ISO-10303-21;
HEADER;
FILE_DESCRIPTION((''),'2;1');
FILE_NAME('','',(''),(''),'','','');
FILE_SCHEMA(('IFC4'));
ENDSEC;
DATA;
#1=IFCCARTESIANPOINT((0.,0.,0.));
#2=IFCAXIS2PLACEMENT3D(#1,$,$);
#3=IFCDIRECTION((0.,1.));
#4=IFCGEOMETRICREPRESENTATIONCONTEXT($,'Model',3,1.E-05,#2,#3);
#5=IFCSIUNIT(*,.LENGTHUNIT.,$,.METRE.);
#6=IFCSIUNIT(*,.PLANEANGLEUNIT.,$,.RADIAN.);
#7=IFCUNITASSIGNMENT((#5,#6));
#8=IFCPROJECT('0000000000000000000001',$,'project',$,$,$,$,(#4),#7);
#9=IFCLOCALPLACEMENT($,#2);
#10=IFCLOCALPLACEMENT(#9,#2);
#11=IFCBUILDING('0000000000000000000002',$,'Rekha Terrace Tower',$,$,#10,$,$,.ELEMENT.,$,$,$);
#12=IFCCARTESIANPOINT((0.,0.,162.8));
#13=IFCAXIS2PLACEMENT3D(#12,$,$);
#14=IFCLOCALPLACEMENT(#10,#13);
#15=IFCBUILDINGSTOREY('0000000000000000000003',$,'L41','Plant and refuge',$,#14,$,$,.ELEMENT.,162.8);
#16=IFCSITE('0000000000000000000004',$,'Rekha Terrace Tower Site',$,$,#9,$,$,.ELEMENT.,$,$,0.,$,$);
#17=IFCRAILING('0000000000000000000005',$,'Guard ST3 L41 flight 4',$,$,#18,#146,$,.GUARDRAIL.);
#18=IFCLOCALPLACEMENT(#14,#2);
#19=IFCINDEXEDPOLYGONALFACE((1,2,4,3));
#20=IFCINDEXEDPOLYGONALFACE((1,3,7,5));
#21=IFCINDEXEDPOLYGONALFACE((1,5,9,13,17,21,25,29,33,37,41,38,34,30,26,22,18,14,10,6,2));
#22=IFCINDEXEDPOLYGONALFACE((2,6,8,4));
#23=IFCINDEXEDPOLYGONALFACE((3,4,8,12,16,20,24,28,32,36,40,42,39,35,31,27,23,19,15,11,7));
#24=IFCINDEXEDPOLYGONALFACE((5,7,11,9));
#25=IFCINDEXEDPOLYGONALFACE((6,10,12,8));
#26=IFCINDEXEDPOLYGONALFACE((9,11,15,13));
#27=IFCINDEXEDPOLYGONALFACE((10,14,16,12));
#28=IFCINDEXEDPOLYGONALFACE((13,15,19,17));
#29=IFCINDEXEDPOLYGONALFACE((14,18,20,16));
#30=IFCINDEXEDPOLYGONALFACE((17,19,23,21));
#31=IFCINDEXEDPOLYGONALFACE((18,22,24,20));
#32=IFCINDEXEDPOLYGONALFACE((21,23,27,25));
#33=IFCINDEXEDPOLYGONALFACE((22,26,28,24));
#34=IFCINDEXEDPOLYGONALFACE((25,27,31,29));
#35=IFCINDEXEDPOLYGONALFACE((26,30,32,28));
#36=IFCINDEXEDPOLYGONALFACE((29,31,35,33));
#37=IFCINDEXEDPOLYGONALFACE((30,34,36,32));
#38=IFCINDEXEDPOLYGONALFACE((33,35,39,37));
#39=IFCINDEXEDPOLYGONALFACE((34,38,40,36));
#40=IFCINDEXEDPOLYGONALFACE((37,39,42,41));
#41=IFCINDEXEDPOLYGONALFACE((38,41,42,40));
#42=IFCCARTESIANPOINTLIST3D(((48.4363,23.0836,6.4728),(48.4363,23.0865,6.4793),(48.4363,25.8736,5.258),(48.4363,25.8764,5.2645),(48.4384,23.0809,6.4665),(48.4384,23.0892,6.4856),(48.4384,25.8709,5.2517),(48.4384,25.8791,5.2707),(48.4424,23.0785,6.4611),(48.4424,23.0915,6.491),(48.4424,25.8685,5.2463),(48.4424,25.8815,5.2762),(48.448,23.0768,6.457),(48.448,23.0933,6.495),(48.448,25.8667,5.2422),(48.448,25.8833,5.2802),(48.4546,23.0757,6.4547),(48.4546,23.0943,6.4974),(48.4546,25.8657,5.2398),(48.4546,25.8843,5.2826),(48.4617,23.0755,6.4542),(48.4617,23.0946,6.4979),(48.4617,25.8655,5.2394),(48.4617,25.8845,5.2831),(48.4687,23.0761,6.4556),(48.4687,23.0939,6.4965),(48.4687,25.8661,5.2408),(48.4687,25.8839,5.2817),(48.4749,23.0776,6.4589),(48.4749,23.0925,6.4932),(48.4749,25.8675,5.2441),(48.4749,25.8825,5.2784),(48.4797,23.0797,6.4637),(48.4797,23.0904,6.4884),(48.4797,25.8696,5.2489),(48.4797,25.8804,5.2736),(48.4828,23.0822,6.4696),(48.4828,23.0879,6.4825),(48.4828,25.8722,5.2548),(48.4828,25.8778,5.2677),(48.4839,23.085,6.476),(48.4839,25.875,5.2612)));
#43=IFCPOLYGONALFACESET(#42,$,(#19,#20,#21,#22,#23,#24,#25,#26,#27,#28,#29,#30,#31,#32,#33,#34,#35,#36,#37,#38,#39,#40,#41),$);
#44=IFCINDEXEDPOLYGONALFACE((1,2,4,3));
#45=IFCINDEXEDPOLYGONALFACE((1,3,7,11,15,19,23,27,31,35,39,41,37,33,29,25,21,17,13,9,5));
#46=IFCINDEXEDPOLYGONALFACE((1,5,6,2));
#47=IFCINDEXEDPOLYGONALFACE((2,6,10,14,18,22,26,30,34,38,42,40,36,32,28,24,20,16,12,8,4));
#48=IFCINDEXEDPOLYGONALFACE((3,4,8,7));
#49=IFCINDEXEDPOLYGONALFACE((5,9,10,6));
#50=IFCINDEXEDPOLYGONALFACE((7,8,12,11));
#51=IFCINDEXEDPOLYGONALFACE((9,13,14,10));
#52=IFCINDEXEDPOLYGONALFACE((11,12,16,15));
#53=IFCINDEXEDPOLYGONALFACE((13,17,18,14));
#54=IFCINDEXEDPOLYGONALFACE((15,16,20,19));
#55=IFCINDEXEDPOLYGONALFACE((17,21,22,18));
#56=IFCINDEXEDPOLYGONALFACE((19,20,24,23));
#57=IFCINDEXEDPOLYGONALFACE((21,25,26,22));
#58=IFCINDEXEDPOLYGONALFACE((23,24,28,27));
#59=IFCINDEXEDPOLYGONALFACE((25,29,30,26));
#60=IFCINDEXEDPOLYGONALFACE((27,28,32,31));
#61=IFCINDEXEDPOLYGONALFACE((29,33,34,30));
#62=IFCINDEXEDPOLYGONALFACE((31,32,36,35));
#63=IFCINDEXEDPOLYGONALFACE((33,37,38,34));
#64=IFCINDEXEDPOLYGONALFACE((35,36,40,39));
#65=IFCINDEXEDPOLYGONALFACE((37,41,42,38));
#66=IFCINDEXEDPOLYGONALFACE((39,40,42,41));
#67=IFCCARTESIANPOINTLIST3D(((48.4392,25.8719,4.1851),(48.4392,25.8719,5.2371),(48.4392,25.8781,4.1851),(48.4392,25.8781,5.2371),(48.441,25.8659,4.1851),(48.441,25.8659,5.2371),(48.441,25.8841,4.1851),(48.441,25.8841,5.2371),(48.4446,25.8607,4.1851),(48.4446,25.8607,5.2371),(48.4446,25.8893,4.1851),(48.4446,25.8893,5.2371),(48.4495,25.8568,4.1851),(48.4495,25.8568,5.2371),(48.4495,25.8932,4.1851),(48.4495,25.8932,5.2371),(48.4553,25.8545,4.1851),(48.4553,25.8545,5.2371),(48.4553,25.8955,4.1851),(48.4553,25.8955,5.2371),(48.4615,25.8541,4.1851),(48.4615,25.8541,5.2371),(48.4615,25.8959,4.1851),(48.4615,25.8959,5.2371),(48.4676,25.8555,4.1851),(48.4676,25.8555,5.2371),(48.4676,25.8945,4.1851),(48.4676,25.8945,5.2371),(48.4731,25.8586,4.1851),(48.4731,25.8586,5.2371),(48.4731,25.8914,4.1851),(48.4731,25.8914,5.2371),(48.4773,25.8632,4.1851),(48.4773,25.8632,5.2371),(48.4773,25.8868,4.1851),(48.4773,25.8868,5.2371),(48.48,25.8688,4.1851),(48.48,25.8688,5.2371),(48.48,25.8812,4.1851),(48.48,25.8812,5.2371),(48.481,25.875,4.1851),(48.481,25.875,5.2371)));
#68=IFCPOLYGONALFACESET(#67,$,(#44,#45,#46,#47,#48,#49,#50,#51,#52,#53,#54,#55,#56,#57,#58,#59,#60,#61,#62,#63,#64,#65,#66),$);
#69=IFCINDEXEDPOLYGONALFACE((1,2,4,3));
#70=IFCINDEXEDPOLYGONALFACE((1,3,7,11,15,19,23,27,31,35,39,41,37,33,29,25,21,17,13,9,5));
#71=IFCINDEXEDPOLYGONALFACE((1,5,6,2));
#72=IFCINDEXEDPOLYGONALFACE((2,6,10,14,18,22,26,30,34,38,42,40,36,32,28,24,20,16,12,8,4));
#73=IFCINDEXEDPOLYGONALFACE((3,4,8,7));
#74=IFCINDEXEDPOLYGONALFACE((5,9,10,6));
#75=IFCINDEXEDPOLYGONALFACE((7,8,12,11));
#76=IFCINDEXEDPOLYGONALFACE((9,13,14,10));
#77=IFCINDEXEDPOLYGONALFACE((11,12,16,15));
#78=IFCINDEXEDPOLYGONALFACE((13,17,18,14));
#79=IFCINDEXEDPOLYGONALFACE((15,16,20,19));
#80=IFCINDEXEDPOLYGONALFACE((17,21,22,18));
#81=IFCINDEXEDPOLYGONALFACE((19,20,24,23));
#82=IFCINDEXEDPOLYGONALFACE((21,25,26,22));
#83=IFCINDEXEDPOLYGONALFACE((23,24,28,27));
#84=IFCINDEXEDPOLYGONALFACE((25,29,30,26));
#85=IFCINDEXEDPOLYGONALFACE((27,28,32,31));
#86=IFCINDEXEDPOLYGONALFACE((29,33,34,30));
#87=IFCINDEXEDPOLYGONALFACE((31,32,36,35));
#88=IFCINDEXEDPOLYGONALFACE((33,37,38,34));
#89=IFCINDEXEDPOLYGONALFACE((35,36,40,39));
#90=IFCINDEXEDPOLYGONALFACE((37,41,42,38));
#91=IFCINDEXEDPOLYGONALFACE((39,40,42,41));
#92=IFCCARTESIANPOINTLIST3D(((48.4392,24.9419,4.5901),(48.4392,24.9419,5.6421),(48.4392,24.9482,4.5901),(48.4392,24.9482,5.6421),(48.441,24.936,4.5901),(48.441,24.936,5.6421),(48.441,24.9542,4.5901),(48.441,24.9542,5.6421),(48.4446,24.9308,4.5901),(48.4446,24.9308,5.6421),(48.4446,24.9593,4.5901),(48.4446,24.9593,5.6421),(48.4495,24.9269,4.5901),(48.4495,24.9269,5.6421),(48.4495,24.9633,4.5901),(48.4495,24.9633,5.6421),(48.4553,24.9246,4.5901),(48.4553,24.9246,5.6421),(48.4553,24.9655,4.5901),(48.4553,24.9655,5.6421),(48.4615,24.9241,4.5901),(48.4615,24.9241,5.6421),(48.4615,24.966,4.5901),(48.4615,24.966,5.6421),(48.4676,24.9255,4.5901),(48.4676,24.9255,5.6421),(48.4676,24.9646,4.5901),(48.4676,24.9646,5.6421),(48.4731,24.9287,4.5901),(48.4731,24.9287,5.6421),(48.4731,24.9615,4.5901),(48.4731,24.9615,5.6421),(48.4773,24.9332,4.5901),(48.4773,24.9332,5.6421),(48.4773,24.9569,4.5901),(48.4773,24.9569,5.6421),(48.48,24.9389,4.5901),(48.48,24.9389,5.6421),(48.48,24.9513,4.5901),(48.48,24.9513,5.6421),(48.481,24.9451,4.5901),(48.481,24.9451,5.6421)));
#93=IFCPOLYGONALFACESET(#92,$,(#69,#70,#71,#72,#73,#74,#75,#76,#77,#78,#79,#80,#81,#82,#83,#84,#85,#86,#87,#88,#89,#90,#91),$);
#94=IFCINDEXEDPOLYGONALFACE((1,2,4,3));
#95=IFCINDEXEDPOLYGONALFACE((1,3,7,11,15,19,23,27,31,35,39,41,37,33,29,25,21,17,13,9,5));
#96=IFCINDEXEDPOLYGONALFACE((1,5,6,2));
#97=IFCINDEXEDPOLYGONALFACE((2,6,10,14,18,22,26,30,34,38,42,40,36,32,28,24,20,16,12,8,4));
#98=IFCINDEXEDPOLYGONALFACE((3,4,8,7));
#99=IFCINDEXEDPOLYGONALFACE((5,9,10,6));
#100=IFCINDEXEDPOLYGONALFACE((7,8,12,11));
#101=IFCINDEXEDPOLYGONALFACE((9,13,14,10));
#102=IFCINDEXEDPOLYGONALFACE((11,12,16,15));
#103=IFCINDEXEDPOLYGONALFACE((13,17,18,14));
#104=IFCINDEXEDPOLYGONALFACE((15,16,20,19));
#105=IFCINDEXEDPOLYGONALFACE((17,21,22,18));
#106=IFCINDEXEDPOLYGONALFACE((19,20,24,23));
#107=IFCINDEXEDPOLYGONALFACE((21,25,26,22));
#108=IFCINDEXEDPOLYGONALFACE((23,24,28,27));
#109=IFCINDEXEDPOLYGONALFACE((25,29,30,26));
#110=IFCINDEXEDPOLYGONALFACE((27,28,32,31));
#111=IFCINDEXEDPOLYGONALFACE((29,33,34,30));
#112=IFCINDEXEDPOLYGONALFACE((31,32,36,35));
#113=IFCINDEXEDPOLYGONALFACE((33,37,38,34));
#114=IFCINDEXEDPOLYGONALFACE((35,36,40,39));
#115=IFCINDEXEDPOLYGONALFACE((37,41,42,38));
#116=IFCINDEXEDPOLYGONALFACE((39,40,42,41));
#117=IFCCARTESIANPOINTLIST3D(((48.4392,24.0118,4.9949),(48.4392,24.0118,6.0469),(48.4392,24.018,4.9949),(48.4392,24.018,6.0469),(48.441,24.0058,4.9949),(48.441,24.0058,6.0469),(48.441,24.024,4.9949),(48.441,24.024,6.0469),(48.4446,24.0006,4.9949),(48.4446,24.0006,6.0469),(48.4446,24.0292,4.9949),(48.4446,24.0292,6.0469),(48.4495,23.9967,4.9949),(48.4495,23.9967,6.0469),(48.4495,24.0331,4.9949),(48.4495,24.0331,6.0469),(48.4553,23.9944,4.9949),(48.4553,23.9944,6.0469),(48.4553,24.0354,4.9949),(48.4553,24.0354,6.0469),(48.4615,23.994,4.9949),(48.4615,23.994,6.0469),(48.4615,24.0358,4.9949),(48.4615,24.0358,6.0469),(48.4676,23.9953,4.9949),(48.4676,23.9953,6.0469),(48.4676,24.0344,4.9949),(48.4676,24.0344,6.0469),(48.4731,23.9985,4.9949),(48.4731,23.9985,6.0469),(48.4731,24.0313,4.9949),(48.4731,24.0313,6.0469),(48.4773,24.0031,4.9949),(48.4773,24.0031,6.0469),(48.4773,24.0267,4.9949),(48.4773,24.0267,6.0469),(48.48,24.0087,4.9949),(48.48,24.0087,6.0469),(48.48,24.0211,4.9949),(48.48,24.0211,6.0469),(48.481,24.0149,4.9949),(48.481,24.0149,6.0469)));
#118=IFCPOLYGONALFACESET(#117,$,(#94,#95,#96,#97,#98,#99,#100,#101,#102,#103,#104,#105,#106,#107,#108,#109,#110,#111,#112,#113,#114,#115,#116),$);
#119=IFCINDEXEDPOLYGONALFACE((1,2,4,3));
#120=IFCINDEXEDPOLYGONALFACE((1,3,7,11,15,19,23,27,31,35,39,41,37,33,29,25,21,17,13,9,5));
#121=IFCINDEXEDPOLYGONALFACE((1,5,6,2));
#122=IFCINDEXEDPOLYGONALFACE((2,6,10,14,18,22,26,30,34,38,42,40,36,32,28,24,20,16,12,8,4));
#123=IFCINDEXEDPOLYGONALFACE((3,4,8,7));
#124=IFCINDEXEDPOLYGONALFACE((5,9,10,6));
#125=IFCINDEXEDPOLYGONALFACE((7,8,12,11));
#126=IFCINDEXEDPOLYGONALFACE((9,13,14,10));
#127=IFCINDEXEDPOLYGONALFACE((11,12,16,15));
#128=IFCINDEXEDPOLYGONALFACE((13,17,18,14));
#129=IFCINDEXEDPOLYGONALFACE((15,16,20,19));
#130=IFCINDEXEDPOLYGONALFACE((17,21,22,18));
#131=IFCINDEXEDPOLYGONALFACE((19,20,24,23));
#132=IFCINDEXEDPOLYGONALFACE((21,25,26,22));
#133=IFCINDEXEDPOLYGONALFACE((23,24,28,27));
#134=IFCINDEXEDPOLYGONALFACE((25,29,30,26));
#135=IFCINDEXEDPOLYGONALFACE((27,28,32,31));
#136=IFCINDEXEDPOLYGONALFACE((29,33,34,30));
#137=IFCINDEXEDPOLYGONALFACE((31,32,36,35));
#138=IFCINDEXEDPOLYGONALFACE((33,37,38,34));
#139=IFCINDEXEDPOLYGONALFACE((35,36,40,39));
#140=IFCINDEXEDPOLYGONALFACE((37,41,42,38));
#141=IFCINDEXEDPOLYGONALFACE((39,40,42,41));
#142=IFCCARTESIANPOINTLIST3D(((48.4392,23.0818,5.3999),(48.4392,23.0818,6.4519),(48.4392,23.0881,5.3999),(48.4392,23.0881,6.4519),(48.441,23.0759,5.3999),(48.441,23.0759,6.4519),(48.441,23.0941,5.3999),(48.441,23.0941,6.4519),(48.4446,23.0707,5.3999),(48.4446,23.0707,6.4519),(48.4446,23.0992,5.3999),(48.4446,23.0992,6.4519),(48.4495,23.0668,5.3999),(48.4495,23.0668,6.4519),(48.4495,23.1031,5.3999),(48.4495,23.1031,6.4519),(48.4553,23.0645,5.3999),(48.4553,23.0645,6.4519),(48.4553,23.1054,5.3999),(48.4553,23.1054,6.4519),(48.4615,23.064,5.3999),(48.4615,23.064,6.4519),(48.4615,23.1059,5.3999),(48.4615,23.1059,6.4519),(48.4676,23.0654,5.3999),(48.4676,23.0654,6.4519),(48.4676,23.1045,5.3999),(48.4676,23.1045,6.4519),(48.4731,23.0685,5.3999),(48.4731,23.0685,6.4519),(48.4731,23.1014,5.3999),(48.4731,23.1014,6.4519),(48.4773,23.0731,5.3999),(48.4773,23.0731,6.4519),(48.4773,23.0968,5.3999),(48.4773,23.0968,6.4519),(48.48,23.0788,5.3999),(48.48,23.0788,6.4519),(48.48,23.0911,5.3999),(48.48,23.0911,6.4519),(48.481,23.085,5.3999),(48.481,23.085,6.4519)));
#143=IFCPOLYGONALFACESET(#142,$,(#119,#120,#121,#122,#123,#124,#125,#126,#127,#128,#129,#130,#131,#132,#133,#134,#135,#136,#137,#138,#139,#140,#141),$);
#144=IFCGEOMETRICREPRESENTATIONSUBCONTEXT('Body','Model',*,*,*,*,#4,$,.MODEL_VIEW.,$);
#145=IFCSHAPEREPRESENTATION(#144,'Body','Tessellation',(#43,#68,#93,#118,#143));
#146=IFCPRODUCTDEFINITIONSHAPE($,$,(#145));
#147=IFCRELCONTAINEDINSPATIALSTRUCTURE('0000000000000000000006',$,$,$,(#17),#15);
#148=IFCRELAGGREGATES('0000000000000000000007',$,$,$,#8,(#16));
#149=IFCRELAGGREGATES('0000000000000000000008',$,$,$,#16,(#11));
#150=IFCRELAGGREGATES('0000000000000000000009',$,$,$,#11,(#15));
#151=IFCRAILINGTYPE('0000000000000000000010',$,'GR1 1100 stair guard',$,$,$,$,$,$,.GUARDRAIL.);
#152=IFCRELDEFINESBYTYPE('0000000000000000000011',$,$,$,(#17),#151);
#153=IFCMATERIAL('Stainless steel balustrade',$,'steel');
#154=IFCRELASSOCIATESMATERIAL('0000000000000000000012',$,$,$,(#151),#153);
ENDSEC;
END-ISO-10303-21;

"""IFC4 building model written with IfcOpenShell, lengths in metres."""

from ifc_helpers import new_model, si_unit, direction, frame, origin, origin_2d, place, context, subcontext, project, spatial, circle, extrude, material, type_object, element, save


model = new_model("IFC4")

# Units and contexts
model_context = context("Model", 3, precision=1e-05, world=origin(), true_north=direction((0.0, 1.0)))
body_context = subcontext(model_context, "Body", "Model", "MODEL_VIEW")
ifc_project = project(units=[si_unit("LENGTHUNIT", "METRE"), si_unit("PLANEANGLEUNIT", "RADIAN")], contexts=[model_context])

# Site, building, storey
site_placement = place(None, origin())
site = spatial("IfcSite", under=ifc_project, at=site_placement, Name="Rekha Terrace Tower Site", CompositionType="ELEMENT", RefElevation=0.0)
building_placement = place(site_placement, origin())
building = spatial("IfcBuilding", under=site, at=building_placement, Name="Rekha Terrace Tower", CompositionType="ELEMENT")
storey_placement = place(building_placement, frame((0.0, 0.0, 162.8)))
storey = spatial("IfcBuildingStorey", under=building, at=storey_placement, Name="L41", Description="Plant and refuge", CompositionType="ELEMENT", Elevation=162.8)

# Railing
ifc_material_1 = material(Name="Stainless steel balustrade", Category="steel")
railing_type_1 = type_object("IfcRailingType", Name="GR1 1100 stair guard", PredefinedType="GUARDRAIL", material=ifc_material_1)
railing_1_placement = place(storey_placement, frame((48.46, 25.875, 4.1851)))
element("IfcRailing", 1, at=railing_1_placement, inside=storey, type_object=railing_type_1, Name="Guard ST3 L41 flight 4", PredefinedType="GUARDRAIL", context=body_context, shape_type="SweptSolid", body=[
    extrude(circle(Radius=0.0239, at=origin_2d()), frame((0.0, 0.0, 1.0762), z_axis=(0.0, -0.916856, 0.399219), x_axis=(1.0, 0.0, 0.0)), (0.0, 0.0, 1.0), 3.043),
    extrude(circle(Radius=0.021, at=origin_2d()), origin(), (0.0, 0.0, 1.0), 1.052),
    extrude(circle(Radius=0.021, at=origin_2d()), frame((0.0, -0.9299, 0.405)), (0.0, 0.0, 1.0), 1.052),
    extrude(circle(Radius=0.021, at=origin_2d()), frame((0.0, -1.8601, 0.8098)), (0.0, 0.0, 1.0), 1.052),
    extrude(circle(Radius=0.021, at=origin_2d()), frame((0.0, -2.79, 1.2148)), (0.0, 0.0, 1.0), 1.052),
])

save(model, "model.ifc")
